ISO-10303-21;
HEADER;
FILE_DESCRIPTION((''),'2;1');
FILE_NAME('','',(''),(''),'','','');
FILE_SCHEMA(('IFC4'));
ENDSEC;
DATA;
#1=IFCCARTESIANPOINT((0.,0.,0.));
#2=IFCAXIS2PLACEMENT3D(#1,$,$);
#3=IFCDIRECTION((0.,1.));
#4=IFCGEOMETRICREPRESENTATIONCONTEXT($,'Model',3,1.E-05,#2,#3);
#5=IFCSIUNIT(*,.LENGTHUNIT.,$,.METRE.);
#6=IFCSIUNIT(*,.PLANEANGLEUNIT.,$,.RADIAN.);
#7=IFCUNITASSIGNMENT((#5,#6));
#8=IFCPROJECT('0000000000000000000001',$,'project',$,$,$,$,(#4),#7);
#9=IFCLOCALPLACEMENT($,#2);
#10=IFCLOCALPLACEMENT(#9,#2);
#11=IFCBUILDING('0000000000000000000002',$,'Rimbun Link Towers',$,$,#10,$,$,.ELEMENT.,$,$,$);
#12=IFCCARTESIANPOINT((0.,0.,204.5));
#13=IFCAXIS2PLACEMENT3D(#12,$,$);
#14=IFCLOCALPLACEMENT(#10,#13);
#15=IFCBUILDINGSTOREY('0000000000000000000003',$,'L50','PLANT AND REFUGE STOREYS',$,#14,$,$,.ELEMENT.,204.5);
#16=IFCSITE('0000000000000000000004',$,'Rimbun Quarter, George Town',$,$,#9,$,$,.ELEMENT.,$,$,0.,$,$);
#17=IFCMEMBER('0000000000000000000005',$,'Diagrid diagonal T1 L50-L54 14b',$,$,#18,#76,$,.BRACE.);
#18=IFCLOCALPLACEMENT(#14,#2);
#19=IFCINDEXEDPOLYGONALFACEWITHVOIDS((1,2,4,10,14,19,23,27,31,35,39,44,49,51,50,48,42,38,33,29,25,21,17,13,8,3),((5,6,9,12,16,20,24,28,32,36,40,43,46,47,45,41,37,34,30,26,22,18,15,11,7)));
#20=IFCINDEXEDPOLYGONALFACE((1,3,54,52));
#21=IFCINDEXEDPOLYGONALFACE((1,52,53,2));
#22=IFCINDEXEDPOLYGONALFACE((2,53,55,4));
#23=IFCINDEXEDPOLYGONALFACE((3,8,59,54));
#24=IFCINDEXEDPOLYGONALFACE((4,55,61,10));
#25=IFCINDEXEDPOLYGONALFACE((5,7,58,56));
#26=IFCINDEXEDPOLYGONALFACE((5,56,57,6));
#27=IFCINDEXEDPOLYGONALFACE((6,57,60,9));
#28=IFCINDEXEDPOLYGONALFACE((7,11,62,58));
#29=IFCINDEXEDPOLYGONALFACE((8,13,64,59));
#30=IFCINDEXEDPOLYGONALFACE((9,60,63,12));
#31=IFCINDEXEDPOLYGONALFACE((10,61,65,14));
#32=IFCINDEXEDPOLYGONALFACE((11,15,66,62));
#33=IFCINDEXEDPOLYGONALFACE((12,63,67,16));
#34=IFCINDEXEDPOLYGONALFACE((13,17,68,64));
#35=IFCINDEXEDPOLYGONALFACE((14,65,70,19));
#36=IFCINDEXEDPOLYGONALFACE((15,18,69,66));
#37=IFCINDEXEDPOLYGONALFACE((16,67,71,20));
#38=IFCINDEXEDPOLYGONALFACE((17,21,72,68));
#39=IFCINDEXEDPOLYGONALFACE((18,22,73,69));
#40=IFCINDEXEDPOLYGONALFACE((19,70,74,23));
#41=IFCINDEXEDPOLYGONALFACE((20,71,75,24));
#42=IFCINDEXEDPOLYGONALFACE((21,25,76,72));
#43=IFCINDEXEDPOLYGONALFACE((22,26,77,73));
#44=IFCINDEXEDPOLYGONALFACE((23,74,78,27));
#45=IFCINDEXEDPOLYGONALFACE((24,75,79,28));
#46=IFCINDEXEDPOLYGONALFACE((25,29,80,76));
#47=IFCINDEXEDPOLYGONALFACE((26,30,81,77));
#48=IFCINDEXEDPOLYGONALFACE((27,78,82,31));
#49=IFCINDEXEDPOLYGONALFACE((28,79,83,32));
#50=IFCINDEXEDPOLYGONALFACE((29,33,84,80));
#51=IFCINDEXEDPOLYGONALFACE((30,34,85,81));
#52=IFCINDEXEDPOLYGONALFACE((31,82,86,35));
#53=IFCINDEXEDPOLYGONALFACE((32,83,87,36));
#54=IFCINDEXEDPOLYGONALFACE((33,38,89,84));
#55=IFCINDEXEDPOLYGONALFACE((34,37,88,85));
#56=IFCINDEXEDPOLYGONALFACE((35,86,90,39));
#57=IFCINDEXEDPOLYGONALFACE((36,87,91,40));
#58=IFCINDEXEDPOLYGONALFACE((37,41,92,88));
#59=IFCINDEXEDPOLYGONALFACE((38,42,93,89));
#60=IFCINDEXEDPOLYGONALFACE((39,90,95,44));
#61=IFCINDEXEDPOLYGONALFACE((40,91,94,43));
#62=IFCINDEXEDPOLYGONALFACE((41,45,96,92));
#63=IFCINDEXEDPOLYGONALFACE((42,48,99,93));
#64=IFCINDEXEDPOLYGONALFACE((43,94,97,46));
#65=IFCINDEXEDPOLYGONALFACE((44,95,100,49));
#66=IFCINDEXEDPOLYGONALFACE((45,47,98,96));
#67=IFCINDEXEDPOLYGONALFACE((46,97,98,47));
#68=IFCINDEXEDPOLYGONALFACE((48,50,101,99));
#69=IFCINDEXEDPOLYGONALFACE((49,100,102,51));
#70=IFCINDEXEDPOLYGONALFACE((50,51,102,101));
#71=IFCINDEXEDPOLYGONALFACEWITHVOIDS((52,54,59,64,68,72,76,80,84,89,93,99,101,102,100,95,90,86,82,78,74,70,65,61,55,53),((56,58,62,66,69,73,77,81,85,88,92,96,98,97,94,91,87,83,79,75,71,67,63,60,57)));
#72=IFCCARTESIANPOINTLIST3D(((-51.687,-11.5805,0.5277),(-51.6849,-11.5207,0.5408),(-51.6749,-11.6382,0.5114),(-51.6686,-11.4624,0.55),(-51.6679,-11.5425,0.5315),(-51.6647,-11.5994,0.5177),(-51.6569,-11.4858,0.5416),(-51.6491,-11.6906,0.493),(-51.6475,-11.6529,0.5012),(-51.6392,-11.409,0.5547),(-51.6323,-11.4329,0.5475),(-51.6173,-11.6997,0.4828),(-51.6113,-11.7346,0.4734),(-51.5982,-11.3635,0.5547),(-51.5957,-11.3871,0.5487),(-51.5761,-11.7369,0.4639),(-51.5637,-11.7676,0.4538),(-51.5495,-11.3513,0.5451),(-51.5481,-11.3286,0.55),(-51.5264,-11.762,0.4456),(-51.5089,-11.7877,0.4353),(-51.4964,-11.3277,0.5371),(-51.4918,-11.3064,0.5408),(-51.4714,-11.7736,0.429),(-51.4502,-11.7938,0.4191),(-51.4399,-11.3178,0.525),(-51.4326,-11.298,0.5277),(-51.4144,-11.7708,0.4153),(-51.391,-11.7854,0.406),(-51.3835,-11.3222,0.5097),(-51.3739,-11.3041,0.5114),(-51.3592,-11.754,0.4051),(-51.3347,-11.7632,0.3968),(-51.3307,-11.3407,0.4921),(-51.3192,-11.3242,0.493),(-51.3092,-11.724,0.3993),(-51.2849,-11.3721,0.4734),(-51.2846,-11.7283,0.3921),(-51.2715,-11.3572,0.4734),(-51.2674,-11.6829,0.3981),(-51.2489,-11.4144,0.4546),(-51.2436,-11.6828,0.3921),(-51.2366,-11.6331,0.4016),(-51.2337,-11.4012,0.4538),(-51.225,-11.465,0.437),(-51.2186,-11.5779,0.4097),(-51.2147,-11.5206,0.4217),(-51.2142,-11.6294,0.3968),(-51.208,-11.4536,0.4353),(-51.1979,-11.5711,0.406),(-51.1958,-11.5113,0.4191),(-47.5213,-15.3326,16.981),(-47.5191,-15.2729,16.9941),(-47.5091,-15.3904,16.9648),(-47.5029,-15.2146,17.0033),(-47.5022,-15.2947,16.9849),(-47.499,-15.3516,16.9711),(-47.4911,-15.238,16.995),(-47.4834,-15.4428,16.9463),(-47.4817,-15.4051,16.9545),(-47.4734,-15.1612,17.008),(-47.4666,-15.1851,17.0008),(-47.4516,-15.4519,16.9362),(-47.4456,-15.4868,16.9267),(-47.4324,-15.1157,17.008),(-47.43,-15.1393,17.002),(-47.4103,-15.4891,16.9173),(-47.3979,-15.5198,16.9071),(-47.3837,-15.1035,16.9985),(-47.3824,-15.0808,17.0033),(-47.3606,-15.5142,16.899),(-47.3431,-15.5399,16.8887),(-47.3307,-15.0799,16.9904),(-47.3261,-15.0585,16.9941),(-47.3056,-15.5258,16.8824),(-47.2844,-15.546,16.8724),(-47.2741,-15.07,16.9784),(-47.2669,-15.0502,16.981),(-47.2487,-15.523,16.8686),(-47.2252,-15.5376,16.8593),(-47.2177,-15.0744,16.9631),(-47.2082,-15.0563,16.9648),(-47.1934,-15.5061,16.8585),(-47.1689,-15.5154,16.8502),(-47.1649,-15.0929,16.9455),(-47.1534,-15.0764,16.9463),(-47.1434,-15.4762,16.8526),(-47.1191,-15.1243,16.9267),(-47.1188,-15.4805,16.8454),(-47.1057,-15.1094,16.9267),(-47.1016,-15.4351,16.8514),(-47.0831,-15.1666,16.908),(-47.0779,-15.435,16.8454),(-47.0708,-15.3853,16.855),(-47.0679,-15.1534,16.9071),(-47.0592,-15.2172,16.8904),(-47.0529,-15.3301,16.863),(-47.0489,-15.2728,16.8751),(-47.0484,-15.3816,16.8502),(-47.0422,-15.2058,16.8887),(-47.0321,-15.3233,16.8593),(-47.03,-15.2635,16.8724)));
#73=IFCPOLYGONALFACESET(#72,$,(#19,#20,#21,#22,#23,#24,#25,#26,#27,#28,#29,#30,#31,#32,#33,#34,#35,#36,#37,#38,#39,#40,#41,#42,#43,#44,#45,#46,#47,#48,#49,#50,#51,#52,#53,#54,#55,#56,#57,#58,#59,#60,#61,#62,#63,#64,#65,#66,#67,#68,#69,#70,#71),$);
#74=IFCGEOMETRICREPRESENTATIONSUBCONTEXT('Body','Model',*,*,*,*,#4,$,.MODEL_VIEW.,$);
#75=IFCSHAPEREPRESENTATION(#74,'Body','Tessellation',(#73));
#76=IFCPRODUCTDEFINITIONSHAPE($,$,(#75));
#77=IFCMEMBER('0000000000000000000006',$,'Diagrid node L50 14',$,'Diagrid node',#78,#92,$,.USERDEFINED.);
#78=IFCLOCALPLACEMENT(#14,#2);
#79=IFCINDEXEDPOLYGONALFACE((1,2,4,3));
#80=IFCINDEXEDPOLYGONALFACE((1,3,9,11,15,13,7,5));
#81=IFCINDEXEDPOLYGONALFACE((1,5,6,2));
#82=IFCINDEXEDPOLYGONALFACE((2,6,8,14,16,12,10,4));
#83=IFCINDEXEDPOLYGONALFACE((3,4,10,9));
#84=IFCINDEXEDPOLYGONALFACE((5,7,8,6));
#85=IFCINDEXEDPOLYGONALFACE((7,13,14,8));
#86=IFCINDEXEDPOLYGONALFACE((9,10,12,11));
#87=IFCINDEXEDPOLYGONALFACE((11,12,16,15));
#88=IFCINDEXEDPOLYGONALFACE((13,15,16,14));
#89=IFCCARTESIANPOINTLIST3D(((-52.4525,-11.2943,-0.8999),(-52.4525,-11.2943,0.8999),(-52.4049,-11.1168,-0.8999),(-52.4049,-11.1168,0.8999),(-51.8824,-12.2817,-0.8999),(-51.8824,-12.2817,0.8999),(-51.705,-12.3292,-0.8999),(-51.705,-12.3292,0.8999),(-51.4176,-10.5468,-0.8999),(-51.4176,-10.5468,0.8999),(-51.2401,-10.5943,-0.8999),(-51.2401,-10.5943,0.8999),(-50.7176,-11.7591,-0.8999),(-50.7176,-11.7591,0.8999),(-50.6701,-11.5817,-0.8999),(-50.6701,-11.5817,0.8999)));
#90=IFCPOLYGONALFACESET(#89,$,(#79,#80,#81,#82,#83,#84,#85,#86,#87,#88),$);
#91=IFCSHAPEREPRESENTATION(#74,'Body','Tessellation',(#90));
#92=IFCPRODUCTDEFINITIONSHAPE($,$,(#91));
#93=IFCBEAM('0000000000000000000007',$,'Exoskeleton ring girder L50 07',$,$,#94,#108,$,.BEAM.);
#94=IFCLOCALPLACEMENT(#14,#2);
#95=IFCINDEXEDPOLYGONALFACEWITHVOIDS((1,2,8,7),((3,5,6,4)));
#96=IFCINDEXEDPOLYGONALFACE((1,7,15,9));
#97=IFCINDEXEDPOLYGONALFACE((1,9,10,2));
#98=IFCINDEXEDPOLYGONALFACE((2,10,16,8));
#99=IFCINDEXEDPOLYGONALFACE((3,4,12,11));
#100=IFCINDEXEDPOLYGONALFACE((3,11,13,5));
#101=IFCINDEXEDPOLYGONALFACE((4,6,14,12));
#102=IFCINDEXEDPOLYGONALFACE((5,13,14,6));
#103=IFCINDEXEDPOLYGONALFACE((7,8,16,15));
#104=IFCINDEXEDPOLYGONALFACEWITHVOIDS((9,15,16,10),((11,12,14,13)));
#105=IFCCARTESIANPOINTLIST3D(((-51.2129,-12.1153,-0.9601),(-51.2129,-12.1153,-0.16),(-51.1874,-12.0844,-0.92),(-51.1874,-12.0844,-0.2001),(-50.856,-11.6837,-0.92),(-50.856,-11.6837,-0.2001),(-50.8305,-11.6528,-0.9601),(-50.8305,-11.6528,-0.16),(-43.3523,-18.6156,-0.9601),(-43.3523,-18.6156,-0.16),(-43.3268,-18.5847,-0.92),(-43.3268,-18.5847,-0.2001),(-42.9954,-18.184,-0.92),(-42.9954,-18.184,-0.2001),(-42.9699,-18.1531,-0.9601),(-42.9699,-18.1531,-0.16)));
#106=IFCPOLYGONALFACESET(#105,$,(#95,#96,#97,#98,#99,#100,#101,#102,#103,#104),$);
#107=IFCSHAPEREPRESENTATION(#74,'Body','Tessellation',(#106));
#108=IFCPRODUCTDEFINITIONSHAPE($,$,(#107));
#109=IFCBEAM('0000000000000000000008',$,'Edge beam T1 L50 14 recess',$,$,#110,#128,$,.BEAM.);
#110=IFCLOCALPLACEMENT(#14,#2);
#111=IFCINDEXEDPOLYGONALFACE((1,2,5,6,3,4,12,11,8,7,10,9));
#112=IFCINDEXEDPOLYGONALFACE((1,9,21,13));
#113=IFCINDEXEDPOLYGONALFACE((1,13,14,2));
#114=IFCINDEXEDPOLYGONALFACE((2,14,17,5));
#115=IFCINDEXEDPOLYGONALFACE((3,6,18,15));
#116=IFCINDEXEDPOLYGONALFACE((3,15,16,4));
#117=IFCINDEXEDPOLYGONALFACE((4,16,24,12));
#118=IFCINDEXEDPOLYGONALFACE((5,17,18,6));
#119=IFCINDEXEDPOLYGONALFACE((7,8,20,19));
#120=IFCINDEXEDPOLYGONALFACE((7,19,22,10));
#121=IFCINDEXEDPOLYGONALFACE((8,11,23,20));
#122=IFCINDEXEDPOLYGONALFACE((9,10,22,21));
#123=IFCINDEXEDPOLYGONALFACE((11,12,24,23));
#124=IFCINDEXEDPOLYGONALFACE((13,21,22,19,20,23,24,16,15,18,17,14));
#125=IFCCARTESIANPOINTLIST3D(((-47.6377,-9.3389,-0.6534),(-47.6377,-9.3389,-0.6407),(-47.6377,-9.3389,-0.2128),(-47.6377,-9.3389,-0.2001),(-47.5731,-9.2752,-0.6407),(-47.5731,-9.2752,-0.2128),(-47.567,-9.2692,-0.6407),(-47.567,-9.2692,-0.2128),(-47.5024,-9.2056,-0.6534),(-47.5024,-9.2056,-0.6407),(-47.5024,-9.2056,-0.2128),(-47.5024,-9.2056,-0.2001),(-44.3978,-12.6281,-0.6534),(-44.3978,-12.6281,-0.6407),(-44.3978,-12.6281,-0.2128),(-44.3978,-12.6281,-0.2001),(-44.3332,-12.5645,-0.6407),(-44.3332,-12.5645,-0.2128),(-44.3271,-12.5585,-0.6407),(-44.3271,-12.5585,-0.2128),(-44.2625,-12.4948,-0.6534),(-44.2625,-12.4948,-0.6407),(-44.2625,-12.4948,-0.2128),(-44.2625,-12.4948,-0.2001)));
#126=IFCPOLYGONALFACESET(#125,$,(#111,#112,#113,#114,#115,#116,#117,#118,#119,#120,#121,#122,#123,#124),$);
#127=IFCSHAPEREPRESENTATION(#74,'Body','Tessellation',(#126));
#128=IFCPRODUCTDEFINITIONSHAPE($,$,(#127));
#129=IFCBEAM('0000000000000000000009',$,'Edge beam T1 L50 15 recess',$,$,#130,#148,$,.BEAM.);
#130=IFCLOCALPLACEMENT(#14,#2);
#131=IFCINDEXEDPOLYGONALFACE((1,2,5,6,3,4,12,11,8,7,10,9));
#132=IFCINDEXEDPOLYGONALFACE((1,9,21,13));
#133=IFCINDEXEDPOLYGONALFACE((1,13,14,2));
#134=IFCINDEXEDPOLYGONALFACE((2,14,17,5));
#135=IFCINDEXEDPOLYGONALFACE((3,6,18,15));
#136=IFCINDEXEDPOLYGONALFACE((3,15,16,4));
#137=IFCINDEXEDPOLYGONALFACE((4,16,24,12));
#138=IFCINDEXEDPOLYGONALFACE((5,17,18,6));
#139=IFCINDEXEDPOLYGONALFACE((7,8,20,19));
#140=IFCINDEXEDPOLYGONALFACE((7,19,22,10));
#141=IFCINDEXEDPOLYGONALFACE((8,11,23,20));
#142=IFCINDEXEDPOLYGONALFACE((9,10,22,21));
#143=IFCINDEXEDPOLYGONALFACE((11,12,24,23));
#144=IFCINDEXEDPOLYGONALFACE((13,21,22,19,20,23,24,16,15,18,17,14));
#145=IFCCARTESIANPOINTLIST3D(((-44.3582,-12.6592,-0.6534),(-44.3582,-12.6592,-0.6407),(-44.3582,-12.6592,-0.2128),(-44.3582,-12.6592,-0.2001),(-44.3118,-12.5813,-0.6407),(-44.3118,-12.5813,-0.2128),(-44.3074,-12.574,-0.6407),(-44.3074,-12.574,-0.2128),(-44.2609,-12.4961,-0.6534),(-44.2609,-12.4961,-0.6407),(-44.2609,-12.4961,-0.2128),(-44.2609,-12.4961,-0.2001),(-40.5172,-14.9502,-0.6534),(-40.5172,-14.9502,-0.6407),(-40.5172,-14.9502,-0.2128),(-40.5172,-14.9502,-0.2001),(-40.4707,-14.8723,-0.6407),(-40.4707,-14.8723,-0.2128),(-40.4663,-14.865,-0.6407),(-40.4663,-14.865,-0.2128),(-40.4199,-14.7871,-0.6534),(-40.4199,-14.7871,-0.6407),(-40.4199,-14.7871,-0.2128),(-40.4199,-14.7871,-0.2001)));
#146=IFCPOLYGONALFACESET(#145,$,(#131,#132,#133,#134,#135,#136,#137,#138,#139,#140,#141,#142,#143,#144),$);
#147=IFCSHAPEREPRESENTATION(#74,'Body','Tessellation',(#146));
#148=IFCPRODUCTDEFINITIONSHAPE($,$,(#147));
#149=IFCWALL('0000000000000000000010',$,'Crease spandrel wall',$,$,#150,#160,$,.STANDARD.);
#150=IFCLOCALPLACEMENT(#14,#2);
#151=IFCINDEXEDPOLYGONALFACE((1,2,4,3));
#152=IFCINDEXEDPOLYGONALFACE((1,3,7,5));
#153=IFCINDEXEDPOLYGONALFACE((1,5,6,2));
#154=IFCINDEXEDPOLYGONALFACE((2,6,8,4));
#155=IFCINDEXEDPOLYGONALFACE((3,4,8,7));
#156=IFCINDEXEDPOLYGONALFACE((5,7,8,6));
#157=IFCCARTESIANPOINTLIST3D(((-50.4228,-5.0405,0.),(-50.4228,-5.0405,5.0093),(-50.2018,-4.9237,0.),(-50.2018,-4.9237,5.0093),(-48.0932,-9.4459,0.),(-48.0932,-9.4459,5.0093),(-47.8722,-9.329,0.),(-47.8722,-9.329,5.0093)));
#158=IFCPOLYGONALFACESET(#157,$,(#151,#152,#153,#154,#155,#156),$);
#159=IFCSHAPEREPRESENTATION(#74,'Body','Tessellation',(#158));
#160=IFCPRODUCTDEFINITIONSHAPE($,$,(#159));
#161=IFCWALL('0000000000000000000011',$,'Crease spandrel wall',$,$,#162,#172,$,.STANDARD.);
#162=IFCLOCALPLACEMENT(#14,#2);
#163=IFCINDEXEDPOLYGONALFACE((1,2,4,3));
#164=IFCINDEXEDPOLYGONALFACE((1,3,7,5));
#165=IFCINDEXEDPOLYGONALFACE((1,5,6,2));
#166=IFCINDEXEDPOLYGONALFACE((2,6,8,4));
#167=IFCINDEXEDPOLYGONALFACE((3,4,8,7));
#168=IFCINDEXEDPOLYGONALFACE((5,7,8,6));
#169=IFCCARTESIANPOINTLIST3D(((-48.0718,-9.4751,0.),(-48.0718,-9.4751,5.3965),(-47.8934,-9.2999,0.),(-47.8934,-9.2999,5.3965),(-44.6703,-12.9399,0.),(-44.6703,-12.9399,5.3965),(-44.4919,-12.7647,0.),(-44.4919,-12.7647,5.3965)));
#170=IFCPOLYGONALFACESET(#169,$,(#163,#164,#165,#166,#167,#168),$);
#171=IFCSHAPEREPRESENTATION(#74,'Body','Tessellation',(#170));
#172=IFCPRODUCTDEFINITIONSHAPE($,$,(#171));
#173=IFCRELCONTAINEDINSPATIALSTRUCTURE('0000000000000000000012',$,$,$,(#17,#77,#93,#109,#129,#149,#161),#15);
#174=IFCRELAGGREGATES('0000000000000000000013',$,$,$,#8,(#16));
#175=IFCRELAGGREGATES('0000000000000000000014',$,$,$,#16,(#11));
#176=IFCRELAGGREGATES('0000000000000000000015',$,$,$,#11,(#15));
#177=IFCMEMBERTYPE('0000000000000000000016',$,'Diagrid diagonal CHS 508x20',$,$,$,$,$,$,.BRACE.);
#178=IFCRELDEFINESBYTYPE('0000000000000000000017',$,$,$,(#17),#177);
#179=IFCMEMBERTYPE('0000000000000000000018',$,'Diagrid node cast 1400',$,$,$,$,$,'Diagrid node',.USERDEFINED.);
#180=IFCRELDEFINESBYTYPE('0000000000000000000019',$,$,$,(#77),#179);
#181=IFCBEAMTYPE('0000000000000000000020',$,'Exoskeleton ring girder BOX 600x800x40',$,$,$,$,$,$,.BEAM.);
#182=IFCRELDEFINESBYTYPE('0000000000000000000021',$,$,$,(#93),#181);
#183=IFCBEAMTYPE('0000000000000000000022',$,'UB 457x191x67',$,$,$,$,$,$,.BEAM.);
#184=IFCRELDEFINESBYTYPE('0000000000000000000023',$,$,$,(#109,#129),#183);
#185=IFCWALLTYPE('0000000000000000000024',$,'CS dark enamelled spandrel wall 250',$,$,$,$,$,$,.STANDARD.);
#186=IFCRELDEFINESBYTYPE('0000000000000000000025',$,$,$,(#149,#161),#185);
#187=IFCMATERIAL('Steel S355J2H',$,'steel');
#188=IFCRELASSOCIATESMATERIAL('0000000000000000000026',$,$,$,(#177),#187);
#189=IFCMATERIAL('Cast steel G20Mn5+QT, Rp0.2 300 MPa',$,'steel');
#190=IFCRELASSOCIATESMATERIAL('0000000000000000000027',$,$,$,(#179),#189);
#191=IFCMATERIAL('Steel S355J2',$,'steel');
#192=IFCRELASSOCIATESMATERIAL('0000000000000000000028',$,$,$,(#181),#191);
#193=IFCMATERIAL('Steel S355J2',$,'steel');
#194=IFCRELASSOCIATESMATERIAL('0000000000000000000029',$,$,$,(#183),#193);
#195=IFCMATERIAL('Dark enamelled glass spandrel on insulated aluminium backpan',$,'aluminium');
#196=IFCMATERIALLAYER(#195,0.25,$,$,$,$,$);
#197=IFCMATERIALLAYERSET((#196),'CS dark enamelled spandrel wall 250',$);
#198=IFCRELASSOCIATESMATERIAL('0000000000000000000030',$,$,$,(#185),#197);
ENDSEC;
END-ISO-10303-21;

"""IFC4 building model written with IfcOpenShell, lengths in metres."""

from ifc_helpers import new_model, si_unit, direction, frame, frame_2d, origin, origin_2d, place, context, subcontext, project, spatial, polyline, rectangle, hollow_rectangle, hollow_circle, i_section, outline, extrude, material, layer, layer_set, material_profile, profile_set, type_object, element, save


model = new_model("IFC4")

# Units and contexts
model_context = context("Model", 3, precision=1e-05, world=origin(), true_north=direction((0.0, 1.0)))
body_context = subcontext(model_context, "Body", "Model", "MODEL_VIEW")
ifc_project = project(units=[si_unit("LENGTHUNIT", "METRE"), si_unit("PLANEANGLEUNIT", "RADIAN")], contexts=[model_context])

# Site, building, storey
site_placement = place(None, origin())
site = spatial("IfcSite", under=ifc_project, at=site_placement, Name="Rimbun Quarter, George Town", CompositionType="ELEMENT", RefElevation=0.0)
building_placement = place(site_placement, origin())
building = spatial("IfcBuilding", under=site, at=building_placement, Name="Rimbun Link Towers", CompositionType="ELEMENT")
storey_placement = place(building_placement, frame((0.0, 0.0, 204.5)))
storey = spatial("IfcBuildingStorey", under=building, at=storey_placement, Name="L50", Description="PLANT AND REFUGE STOREYS", CompositionType="ELEMENT", Elevation=204.5)

# Members
ifc_material_1 = material(Name="Steel S355J2H", Category="steel")
ifc_material_profile_1 = material_profile(ifc_material_1, hollow_circle(Radius=0.2539, WallThickness=0.02, at=origin_2d()), Name="Diagrid diagonal CHS 508x20")
ifc_profile_set_1 = profile_set([ifc_material_profile_1], Name="Steel S355J2H")
member_type_1 = type_object("IfcMemberType", Name="Diagrid diagonal CHS 508x20", PredefinedType="BRACE", material=ifc_profile_set_1)
member_1_placement = place(storey_placement, frame((-51.4414, -11.5459, 0.4734), z_axis=(0.239655, -0.215863, 0.946556), x_axis=(0.669261, 0.743028, 0.0)))
element("IfcMember", 1, at=member_1_placement, inside=storey, type_object=member_type_1, Name="Diagrid diagonal T1 L50-L54 14b", PredefinedType="BRACE", context=body_context, shape_type="SweptSolid", body=[
    extrude(hollow_circle(Radius=0.2539, WallThickness=0.02, at=origin_2d()), origin(), (0.0, 0.0, 1.0), 17.3823),
])
ifc_material_2 = material(Name="Cast steel G20Mn5+QT, Rp0.2 300 MPa", Category="steel")
ifc_material_profile_2 = material_profile(ifc_material_2, outline(polyline([(0.7, -0.5701), (0.7, 0.5701), (0.5701, 0.7), (-0.5701, 0.7), (-0.7, 0.5701), (-0.7, -0.5701), (-0.5701, -0.7), (0.5701, -0.7), (0.7, -0.5701)])), Name="NODE 1400x1400")
ifc_profile_set_2 = profile_set([ifc_material_profile_2], Name="Cast steel G20Mn5+QT, Rp0.2 300 MPa")
member_type_2 = type_object("IfcMemberType", Name="Diagrid node cast 1400", ElementType="Diagrid node", PredefinedType="USERDEFINED", material=ifc_profile_set_2)
member_2_placement = place(storey_placement, frame((-51.5613, -11.438, -0.8999), z_axis=(0.0, 0.0, 1.0), x_axis=(-0.866025, -0.5, 0.0)))
element("IfcMember", 2, at=member_2_placement, inside=storey, type_object=member_type_2, Name="Diagrid node L50 14", ObjectType="Diagrid node", PredefinedType="USERDEFINED", context=body_context, shape_type="SweptSolid", body=[
    extrude(outline(polyline([(0.7, -0.5701), (0.7, 0.5701), (0.5701, 0.7), (-0.5701, 0.7), (-0.7, 0.5701), (-0.7, -0.5701), (-0.5701, -0.7), (0.5701, -0.7), (0.7, -0.5701)])), origin(), (0.0, 0.0, 1.0), 1.7998),
])

# Beams
ifc_material_3 = material(Name="Steel S355J2", Category="steel")
ifc_material_profile_3 = material_profile(ifc_material_3, hollow_rectangle(XDim=0.6001, YDim=0.8, WallThickness=0.04, at=origin_2d()), Name="Exoskeleton ring girder BOX 600x800x40")
ifc_profile_set_3 = profile_set([ifc_material_profile_3], Name="Steel S355J2")
beam_type_1 = type_object("IfcBeamType", Name="Exoskeleton ring girder BOX 600x800x40", PredefinedType="BEAM", material=ifc_profile_set_3)
beam_1_placement = place(storey_placement, frame((-51.0217, -11.884, -0.5601), z_axis=(0.770639, -0.637272, 0.0), x_axis=(0.637272, 0.770639, 0.0)))
element("IfcBeam", 3, at=beam_1_placement, inside=storey, type_object=beam_type_1, Name="Exoskeleton ring girder L50 07", PredefinedType="BEAM", context=body_context, shape_type="SweptSolid", body=[
    extrude(hollow_rectangle(XDim=0.6001, YDim=0.8, WallThickness=0.04, at=origin_2d()), origin(), (0.0, 0.0, 1.0), 10.2002),
])
ifc_material_4 = material(Name="Steel S355J2", Category="steel")
ifc_material_profile_4 = material_profile(ifc_material_4, i_section(OverallWidth=0.1899, OverallDepth=0.4534, WebThickness=0.0085, FlangeThickness=0.0127, at=origin_2d()), Name="UB 457x191x67")
ifc_profile_set_4 = profile_set([ifc_material_profile_4], Name="Steel S355J2")
beam_type_2 = type_object("IfcBeamType", Name="UB 457x191x67", PredefinedType="BEAM", material=ifc_profile_set_4)
beam_2_placement = place(storey_placement, frame((-47.5701, -9.2722, -0.4268), z_axis=(0.701746, -0.712427, 0.0), x_axis=(0.712427, 0.701746, 0.0)))
element("IfcBeam", 4, at=beam_2_placement, inside=storey, type_object=beam_type_2, Name="Edge beam T1 L50 14 recess", PredefinedType="BEAM", context=body_context, shape_type="SweptSolid", body=[
    extrude(i_section(OverallWidth=0.1899, OverallDepth=0.4534, WebThickness=0.0085, FlangeThickness=0.0127, at=origin_2d()), origin(), (0.0, 0.0, 1.0), 4.6169),
])
beam_3_placement = place(storey_placement, frame((-44.3096, -12.5776, -0.4268), z_axis=(0.858834, -0.512254, 0.0), x_axis=(0.512254, 0.858834, 0.0)))
element("IfcBeam", 5, at=beam_3_placement, inside=storey, type_object=beam_type_2, Name="Edge beam T1 L50 15 recess", PredefinedType="BEAM", context=body_context, shape_type="SweptSolid", body=[
    extrude(i_section(OverallWidth=0.1899, OverallDepth=0.4534, WebThickness=0.0085, FlangeThickness=0.0127, at=origin_2d()), origin(), (0.0, 0.0, 1.0), 4.4724),
])

# Walls
ifc_material_5 = material(Name="Dark enamelled glass spandrel on insulated aluminium backpan", Category="aluminium")
ifc_layer_1 = layer(ifc_material_5, 0.25)
ifc_layer_set_1 = layer_set([ifc_layer_1], Name="CS dark enamelled spandrel wall 250")
wall_type_1 = type_object("IfcWallType", Name="CS dark enamelled spandrel wall 250", PredefinedType="STANDARD", material=ifc_layer_set_1)
wall_1_placement = place(storey_placement, frame((-47.9827, -9.3875, 0.0), z_axis=(0.0, 0.0, 1.0), x_axis=(-0.467478, 0.884005, 0.0)))
element("IfcWall", 6, at=wall_1_placement, inside=storey, type_object=wall_type_1, Name="Crease spandrel wall", PredefinedType="STANDARD", context=body_context, shape_type="SweptSolid", body=[
    extrude(rectangle(XDim=4.9834, YDim=0.25, at=frame_2d((2.4917, 0.0))), origin(), (0.0, 0.0, 1.0), 5.0093),
])
wall_2_placement = place(storey_placement, frame((-44.5811, -12.8523, 0.0), z_axis=(0.0, 0.0, 1.0), x_axis=(-0.700565, 0.713588, 0.0)))
element("IfcWall", 7, at=wall_2_placement, inside=storey, type_object=wall_type_1, Name="Crease spandrel wall", PredefinedType="STANDARD", context=body_context, shape_type="SweptSolid", body=[
    extrude(rectangle(XDim=4.8555, YDim=0.25, at=frame_2d((2.4277, 0.0))), origin(), (0.0, 0.0, 1.0), 5.3965),
])

save(model, "model.ifc")
